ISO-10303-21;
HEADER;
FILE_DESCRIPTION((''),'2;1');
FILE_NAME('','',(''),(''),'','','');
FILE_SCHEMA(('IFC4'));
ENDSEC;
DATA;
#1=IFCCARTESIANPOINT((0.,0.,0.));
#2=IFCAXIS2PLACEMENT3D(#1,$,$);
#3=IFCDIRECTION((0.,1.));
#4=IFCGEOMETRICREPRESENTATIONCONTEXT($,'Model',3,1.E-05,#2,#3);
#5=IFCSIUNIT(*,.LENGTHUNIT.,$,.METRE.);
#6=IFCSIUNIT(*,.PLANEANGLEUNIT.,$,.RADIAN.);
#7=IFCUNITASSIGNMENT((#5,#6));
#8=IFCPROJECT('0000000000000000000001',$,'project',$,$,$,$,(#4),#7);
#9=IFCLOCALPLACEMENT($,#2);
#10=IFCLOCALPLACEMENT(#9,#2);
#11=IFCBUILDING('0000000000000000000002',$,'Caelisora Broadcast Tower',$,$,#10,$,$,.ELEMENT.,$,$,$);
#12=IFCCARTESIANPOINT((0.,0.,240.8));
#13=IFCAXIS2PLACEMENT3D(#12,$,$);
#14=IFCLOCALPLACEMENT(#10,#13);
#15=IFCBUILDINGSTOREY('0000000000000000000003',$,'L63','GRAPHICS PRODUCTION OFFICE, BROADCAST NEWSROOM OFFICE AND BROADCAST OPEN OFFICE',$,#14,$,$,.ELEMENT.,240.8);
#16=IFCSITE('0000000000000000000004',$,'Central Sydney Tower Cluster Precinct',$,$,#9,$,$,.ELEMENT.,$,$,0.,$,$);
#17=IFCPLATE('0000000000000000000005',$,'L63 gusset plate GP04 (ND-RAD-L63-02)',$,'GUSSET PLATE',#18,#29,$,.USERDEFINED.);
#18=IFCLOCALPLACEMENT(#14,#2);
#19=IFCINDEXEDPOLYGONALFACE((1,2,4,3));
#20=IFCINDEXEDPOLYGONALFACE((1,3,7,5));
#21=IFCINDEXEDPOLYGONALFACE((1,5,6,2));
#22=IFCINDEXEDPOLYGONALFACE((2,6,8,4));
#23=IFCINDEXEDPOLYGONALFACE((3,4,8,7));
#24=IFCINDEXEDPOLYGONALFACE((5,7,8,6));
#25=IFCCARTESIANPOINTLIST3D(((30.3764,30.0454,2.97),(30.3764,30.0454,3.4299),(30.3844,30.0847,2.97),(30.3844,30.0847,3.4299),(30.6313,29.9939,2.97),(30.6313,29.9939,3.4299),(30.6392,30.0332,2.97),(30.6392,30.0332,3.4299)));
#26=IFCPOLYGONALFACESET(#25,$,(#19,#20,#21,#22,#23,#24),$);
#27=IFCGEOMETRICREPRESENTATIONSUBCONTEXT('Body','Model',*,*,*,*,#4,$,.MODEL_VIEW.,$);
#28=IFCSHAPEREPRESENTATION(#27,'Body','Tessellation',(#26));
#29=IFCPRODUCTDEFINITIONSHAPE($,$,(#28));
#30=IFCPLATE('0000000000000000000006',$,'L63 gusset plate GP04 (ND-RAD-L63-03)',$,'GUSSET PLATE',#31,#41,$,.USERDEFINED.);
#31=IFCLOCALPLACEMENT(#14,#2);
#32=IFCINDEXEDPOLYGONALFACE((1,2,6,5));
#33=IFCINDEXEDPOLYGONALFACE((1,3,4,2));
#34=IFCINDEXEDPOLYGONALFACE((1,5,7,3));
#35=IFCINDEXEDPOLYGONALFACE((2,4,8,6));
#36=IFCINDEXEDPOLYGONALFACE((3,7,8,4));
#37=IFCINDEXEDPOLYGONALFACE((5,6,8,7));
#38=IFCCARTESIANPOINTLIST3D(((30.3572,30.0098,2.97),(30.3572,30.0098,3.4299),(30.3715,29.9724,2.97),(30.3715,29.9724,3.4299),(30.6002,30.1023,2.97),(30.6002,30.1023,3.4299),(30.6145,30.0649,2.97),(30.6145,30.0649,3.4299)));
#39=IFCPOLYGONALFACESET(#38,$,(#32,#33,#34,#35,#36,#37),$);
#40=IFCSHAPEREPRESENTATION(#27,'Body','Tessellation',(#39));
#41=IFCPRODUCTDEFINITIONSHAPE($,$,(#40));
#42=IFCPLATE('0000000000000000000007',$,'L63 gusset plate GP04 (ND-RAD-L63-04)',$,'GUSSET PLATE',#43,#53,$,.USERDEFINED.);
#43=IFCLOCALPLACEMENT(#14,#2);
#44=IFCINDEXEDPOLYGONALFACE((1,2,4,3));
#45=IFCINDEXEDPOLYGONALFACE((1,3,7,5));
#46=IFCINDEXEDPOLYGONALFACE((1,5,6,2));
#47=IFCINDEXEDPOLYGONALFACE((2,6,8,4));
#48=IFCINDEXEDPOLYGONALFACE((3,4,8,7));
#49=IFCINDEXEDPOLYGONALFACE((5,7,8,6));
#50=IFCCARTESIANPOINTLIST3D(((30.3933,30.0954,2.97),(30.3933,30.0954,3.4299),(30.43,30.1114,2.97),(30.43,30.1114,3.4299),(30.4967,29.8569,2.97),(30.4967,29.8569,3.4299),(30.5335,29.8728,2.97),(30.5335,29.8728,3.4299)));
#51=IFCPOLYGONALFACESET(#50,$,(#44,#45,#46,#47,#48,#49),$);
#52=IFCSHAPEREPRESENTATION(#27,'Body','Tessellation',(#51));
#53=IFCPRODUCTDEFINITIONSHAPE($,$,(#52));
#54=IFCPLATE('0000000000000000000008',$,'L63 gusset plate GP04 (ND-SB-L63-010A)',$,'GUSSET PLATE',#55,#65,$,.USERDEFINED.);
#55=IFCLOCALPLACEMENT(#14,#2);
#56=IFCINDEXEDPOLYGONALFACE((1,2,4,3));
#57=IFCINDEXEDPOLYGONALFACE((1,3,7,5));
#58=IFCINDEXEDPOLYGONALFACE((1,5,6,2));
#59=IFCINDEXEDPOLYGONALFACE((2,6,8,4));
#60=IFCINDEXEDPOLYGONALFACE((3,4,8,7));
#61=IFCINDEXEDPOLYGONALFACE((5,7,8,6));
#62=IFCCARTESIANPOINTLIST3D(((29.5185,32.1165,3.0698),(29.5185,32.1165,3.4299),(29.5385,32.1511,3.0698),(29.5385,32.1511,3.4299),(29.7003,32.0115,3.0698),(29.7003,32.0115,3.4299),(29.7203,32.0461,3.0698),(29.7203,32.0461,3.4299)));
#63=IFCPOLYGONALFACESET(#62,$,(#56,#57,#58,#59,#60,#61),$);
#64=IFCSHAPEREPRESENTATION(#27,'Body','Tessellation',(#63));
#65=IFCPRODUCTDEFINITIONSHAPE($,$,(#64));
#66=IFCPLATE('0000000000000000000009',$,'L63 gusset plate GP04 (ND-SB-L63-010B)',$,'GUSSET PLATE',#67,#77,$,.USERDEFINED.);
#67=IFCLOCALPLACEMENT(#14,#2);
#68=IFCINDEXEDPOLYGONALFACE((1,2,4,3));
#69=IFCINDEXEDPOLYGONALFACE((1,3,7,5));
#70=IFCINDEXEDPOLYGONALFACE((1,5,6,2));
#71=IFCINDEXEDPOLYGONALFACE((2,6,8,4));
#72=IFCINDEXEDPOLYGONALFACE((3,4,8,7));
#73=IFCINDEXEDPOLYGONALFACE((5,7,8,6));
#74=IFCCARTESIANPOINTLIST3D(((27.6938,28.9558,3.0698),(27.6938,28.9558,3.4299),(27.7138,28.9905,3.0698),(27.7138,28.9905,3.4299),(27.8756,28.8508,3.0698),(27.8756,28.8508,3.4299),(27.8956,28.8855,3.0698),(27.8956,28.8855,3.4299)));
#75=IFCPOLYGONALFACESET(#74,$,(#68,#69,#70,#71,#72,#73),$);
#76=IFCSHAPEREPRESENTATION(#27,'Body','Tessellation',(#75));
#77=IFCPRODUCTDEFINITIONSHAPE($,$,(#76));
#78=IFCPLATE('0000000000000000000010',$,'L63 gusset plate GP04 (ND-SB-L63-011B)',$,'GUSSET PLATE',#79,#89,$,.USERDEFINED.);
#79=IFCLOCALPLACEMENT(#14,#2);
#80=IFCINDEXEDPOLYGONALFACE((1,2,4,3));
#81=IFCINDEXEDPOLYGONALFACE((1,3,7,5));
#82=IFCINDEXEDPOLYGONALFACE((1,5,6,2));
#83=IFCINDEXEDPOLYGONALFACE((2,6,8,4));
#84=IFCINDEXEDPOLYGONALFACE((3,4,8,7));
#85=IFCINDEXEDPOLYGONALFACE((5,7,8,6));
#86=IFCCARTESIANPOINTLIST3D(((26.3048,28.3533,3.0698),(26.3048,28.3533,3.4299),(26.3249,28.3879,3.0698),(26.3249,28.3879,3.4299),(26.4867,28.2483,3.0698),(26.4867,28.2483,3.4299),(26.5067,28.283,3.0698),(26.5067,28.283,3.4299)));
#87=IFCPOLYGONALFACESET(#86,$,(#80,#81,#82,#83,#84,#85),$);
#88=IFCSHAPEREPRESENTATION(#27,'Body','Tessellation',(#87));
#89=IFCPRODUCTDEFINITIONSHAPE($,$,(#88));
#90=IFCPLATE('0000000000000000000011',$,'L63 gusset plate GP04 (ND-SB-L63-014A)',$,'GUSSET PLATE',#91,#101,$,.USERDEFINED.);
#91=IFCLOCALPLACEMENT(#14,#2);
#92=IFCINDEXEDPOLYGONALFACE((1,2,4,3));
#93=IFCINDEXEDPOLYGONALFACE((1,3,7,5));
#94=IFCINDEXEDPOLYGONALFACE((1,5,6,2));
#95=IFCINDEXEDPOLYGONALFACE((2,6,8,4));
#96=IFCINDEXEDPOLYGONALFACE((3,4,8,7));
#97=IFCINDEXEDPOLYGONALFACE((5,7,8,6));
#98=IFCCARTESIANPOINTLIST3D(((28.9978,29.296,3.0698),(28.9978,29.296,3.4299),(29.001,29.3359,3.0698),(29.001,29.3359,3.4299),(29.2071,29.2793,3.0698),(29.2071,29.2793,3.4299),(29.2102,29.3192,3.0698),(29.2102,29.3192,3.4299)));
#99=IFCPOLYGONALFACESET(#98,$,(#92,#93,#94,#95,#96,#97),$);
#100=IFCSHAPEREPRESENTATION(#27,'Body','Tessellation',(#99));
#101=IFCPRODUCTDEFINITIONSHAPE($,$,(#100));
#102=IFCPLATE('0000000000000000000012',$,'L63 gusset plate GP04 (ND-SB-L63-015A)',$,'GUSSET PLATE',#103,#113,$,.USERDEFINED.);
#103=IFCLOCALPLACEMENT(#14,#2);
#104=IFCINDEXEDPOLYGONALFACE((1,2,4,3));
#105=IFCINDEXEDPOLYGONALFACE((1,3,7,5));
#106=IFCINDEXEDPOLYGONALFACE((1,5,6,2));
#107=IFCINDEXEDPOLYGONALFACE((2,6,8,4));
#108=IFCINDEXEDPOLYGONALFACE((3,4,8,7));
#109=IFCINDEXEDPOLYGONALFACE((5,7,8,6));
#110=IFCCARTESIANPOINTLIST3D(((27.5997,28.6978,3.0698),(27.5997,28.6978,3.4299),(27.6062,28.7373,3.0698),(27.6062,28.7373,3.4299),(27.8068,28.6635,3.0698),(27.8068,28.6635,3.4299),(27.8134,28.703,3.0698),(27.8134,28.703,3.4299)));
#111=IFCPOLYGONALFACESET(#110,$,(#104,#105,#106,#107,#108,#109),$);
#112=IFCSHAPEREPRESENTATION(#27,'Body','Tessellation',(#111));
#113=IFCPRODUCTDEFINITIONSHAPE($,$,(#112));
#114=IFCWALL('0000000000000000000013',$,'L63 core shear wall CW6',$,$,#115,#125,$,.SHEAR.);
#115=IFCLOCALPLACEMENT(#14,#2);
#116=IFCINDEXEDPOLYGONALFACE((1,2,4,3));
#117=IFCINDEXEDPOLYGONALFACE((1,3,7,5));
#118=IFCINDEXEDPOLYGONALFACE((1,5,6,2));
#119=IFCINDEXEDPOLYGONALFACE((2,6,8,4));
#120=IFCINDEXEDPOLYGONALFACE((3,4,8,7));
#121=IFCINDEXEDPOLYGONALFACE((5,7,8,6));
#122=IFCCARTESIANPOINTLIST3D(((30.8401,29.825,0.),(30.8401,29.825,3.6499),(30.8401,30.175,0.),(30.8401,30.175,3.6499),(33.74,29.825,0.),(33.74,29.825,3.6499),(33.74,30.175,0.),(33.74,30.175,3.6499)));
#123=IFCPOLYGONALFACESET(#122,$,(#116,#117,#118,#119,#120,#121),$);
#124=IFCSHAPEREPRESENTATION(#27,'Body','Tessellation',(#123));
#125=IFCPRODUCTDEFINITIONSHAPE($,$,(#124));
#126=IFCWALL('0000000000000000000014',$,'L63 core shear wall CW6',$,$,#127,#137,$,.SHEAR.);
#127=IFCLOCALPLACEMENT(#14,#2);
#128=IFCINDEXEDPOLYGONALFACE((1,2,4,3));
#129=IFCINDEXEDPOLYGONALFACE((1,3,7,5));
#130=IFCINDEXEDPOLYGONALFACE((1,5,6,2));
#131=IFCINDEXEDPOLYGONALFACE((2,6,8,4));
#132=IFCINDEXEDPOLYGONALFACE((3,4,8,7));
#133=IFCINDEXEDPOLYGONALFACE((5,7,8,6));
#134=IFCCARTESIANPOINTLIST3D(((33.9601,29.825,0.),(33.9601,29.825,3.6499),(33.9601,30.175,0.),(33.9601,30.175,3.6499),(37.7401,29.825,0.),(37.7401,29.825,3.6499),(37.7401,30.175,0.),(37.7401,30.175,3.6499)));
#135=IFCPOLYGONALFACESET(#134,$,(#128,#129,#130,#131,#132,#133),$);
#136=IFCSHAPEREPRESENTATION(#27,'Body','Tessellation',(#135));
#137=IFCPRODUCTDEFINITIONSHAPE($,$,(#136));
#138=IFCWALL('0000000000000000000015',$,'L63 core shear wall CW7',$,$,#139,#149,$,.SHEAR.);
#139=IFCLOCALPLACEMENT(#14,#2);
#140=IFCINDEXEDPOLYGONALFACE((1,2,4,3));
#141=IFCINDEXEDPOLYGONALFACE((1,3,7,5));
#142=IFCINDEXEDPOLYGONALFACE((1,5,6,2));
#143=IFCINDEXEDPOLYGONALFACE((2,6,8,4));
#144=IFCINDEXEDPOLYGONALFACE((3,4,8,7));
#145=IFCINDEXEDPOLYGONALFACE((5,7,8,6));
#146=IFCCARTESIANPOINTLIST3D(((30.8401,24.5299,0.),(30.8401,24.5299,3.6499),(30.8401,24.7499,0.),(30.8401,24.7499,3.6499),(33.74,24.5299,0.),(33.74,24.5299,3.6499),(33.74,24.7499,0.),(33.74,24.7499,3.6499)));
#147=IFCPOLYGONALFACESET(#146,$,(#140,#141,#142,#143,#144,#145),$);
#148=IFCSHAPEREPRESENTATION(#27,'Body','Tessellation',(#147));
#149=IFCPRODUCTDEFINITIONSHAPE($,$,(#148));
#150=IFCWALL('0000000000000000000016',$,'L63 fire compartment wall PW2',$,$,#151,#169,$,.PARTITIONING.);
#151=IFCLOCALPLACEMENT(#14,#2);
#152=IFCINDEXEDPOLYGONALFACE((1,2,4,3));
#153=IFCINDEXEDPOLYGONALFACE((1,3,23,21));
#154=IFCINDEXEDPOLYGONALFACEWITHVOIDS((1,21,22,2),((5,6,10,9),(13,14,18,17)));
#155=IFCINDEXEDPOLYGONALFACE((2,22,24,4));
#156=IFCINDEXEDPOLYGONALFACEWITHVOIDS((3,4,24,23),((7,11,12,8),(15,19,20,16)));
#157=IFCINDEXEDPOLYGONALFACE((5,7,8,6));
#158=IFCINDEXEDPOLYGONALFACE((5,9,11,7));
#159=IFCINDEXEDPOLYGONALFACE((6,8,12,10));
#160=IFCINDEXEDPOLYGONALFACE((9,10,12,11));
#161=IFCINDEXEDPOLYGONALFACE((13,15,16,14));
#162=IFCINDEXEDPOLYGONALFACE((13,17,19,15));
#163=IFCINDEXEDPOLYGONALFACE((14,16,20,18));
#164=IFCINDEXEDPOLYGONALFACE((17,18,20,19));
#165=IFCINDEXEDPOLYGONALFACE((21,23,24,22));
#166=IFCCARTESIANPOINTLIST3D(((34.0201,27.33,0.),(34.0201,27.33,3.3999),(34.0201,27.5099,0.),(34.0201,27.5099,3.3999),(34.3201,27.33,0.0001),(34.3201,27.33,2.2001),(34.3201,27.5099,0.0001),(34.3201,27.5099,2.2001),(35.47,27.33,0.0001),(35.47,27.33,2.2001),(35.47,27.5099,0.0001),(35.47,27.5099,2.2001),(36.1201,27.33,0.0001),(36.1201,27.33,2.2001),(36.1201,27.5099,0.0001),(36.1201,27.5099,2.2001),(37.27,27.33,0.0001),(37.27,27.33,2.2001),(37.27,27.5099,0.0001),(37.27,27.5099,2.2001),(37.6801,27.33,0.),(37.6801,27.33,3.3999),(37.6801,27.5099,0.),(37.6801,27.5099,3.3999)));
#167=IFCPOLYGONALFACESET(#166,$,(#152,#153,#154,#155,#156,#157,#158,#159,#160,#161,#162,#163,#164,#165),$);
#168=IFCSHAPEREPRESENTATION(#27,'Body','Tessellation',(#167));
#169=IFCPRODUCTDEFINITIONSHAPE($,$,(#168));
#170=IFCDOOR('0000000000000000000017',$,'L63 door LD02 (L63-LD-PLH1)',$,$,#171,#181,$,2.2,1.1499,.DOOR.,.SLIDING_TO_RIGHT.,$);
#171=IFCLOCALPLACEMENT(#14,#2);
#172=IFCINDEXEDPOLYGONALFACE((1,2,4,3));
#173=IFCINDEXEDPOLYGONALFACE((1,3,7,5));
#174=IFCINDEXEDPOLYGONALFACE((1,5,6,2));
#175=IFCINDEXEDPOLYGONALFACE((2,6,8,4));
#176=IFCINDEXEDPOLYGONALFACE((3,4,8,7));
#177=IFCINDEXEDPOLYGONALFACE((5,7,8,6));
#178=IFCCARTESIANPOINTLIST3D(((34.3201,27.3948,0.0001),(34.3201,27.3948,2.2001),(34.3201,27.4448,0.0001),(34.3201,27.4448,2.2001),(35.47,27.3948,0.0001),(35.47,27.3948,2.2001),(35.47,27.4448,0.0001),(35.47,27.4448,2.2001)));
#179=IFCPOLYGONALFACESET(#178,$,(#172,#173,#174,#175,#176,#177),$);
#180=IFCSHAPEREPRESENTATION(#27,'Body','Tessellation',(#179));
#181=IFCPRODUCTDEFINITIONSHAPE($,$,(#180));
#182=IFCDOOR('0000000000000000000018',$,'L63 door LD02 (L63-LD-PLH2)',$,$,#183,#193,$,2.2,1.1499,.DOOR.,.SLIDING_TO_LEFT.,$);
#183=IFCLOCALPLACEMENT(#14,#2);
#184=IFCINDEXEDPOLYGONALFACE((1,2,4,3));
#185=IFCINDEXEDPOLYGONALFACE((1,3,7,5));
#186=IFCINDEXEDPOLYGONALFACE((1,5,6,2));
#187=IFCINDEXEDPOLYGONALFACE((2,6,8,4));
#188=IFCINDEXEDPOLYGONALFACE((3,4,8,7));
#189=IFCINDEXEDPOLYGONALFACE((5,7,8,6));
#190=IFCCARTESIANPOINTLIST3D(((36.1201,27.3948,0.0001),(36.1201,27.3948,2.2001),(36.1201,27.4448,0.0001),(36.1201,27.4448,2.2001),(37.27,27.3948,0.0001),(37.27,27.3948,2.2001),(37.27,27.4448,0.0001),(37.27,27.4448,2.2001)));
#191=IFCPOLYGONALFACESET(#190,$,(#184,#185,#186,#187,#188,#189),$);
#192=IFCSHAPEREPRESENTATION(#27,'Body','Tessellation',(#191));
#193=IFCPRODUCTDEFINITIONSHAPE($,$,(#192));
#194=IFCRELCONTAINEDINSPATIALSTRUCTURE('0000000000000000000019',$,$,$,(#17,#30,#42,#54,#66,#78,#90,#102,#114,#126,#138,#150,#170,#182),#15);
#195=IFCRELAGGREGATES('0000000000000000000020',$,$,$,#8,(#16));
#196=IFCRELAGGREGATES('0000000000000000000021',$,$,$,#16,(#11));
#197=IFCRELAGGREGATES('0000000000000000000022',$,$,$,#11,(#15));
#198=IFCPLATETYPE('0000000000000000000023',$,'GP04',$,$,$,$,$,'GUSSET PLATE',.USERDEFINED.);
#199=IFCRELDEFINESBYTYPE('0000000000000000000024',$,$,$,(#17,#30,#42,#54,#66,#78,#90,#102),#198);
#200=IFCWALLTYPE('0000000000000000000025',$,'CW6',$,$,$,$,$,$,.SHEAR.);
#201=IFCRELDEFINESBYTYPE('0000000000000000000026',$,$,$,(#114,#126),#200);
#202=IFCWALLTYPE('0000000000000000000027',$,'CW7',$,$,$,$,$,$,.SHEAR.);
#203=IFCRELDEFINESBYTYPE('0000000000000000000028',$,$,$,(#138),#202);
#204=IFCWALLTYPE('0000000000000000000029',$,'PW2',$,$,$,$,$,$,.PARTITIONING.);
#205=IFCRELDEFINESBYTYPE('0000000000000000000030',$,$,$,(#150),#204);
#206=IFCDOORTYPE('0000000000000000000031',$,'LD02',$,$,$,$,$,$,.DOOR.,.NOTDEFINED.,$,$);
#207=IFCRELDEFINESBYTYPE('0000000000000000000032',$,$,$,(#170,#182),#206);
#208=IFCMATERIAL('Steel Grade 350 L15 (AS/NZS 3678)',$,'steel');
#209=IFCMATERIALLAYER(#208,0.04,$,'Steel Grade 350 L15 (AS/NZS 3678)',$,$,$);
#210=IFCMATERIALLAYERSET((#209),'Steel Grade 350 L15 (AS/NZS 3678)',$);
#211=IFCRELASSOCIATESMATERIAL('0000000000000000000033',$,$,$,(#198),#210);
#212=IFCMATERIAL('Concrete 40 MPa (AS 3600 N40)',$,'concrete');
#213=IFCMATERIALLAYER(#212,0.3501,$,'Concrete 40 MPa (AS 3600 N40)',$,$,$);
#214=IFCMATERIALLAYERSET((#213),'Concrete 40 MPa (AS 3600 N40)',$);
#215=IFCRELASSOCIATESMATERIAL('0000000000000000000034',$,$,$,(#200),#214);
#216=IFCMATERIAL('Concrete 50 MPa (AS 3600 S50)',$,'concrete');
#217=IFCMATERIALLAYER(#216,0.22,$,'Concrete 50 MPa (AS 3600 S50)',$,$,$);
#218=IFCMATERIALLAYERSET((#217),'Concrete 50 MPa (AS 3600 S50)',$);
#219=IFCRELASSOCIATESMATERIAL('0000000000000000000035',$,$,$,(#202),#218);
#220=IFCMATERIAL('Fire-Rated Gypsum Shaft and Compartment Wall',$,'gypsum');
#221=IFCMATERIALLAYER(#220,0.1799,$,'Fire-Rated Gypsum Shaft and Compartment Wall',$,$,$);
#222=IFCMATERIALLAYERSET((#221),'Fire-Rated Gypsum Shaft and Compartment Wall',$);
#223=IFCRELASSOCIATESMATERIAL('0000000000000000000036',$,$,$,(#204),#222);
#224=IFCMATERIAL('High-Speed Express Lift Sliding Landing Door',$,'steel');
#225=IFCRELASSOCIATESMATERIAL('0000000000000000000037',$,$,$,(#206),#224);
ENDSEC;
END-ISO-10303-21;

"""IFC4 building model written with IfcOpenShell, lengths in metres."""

from ifc_helpers import new_model, si_unit, direction, frame, frame_2d, origin, origin_2d, place, context, subcontext, project, spatial, rectangle, extrude, source, transform, mapped, material, layer, layer_set, type_object, type_shapes, element, fill, save


model = new_model("IFC4")

# Units and contexts
model_context = context("Model", 3, precision=1e-05, world=origin(), true_north=direction((0.0, 1.0)))
body_context = subcontext(model_context, "Body", "Model", "MODEL_VIEW")
ifc_project = project(units=[si_unit("LENGTHUNIT", "METRE"), si_unit("PLANEANGLEUNIT", "RADIAN")], contexts=[model_context])

# Site, building, storey
site_placement = place(None, origin())
site = spatial("IfcSite", under=ifc_project, at=site_placement, Name="Central Sydney Tower Cluster Precinct", CompositionType="ELEMENT", RefElevation=0.0)
building_placement = place(site_placement, origin())
building = spatial("IfcBuilding", under=site, at=building_placement, Name="Caelisora Broadcast Tower", CompositionType="ELEMENT")
storey_placement = place(building_placement, frame((0.0, 0.0, 240.8)))
storey = spatial("IfcBuildingStorey", under=building, at=storey_placement, Name="L63", Description="GRAPHICS PRODUCTION OFFICE, BROADCAST NEWSROOM OFFICE AND BROADCAST OPEN OFFICE", CompositionType="ELEMENT", Elevation=240.8)

# Plates
ifc_material_1 = material(Name="Steel Grade 350 L15 (AS/NZS 3678)", Category="steel")
ifc_layer_1 = layer(ifc_material_1, 0.04, Name="Steel Grade 350 L15 (AS/NZS 3678)")
ifc_layer_set_1 = layer_set([ifc_layer_1], Name="Steel Grade 350 L15 (AS/NZS 3678)")
plate_type = type_object("IfcPlateType", Name="GP04", ElementType="GUSSET PLATE", PredefinedType="USERDEFINED", material=ifc_layer_set_1)
shared_shape_1 = source(origin(), body_context, "Body", "SweptSolid", [
    extrude(rectangle(XDim=0.26, YDim=0.04, at=origin_2d()), origin(), (0.0, 0.0, 1.0), 0.46),
])
for number, where, z_axis, x_axis, name in (
    (1, (30.5078, 30.0393, 2.97), (0.0, 0.0, 1.0), (-0.980168, 0.198171, 0.0), "L63 gusset plate GP04 (ND-RAD-L63-02)"),
    (2, (30.4858, 30.0374, 2.97), (0.0, 0.0, 1.0), (-0.934515, -0.355923, 0.0), "L63 gusset plate GP04 (ND-RAD-L63-03)"),
    (3, (30.4634, 29.9841, 2.97), (0.0, 0.0, 1.0), (0.397949, -0.917408, 0.0), "L63 gusset plate GP04 (ND-RAD-L63-04)"),
):
    element("IfcPlate", number, at=place(storey_placement, frame(where, z_axis=z_axis, x_axis=x_axis)), inside=storey, type_object=plate_type, Name=name, ObjectType="GUSSET PLATE", PredefinedType="USERDEFINED", context=body_context, shape_type="MappedRepresentation", body=[
        mapped(shared_shape_1, transform((0.0, 0.0, 0.0), scale=1.0)),
    ])
shared_shape_2 = source(origin(), body_context, "Body", "SweptSolid", [
    extrude(rectangle(XDim=0.21, YDim=0.04, at=origin_2d()), origin(), (0.0, 0.0, 1.0), 0.3601),
])
type_shapes(plate_type, [shared_shape_1, shared_shape_2])
for number, where, z_axis, x_axis, name in (
    (4, (29.6194, 32.0813, 3.0698), (0.0, 0.0, 1.0), (0.866025, -0.5, 0.0), "L63 gusset plate GP04 (ND-SB-L63-010A)"),
    (5, (27.7947, 28.9207, 3.0698), (0.0, 0.0, 1.0), (0.866025, -0.5, 0.0), "L63 gusset plate GP04 (ND-SB-L63-010B)"),
    (6, (26.4058, 28.3181, 3.0698), (0.0, 0.0, 1.0), (0.866025, -0.5, 0.0), "L63 gusset plate GP04 (ND-SB-L63-011B)"),
    (7, (29.104, 29.3076, 3.0698), (0.0, 0.0, 1.0), (0.996821, -0.079677, 0.0), "L63 gusset plate GP04 (ND-SB-L63-014A)"),
    (8, (27.7065, 28.7004, 3.0698), (0.0, 0.0, 1.0), (0.986572, -0.163326, 0.0), "L63 gusset plate GP04 (ND-SB-L63-015A)"),
):
    element("IfcPlate", number, at=place(storey_placement, frame(where, z_axis=z_axis, x_axis=x_axis)), inside=storey, type_object=plate_type, Name=name, ObjectType="GUSSET PLATE", PredefinedType="USERDEFINED", context=body_context, shape_type="MappedRepresentation", body=[
        mapped(shared_shape_2, transform((0.0, 0.0, 0.0), scale=1.0)),
    ])

# Walls
ifc_material_2 = material(Name="Concrete 40 MPa (AS 3600 N40)", Category="concrete")
ifc_layer_2 = layer(ifc_material_2, 0.3501, Name="Concrete 40 MPa (AS 3600 N40)")
ifc_layer_set_2 = layer_set([ifc_layer_2], Name="Concrete 40 MPa (AS 3600 N40)")
wall_type_1 = type_object("IfcWallType", Name="CW6", PredefinedType="SHEAR", material=ifc_layer_set_2)
wall_1_placement = place(storey_placement, frame((30.8401, 30.0, 0.0), z_axis=(0.0, 0.0, 1.0), x_axis=(1.0, 0.0, 0.0)))
element("IfcWall", 9, at=wall_1_placement, inside=storey, type_object=wall_type_1, Name="L63 core shear wall CW6", PredefinedType="SHEAR", context=body_context, shape_type="SweptSolid", body=[
    extrude(rectangle(XDim=2.8999, YDim=0.3501, at=frame_2d((1.45, 0.0))), origin(), (0.0, 0.0, 1.0), 3.6499),
])
wall_2_placement = place(storey_placement, frame((33.96, 30.0, 0.0), z_axis=(0.0, 0.0, 1.0), x_axis=(1.0, 0.0, 0.0)))
element("IfcWall", 10, at=wall_2_placement, inside=storey, type_object=wall_type_1, Name="L63 core shear wall CW6", PredefinedType="SHEAR", context=body_context, shape_type="SweptSolid", body=[
    extrude(rectangle(XDim=3.78, YDim=0.3501, at=frame_2d((1.8901, 0.0))), origin(), (0.0, 0.0, 1.0), 3.6499),
])
ifc_material_3 = material(Name="Concrete 50 MPa (AS 3600 S50)", Category="concrete")
ifc_layer_3 = layer(ifc_material_3, 0.22, Name="Concrete 50 MPa (AS 3600 S50)")
ifc_layer_set_3 = layer_set([ifc_layer_3], Name="Concrete 50 MPa (AS 3600 S50)")
wall_type_2 = type_object("IfcWallType", Name="CW7", PredefinedType="SHEAR", material=ifc_layer_set_3)
wall_3_placement = place(storey_placement, frame((30.8401, 24.6399, 0.0), z_axis=(0.0, 0.0, 1.0), x_axis=(1.0, 0.0, 0.0)))
element("IfcWall", 11, at=wall_3_placement, inside=storey, type_object=wall_type_2, Name="L63 core shear wall CW7", PredefinedType="SHEAR", context=body_context, shape_type="SweptSolid", body=[
    extrude(rectangle(XDim=2.8999, YDim=0.22, at=frame_2d((1.45, 0.0))), origin(), (0.0, 0.0, 1.0), 3.6499),
])

# Wall, openings, doors
ifc_material_4 = material(Name="Fire-Rated Gypsum Shaft and Compartment Wall", Category="gypsum")
ifc_layer_4 = layer(ifc_material_4, 0.1799, Name="Fire-Rated Gypsum Shaft and Compartment Wall")
ifc_layer_set_4 = layer_set([ifc_layer_4], Name="Fire-Rated Gypsum Shaft and Compartment Wall")
wall_type_3 = type_object("IfcWallType", Name="PW2", PredefinedType="PARTITIONING", material=ifc_layer_set_4)
wall_4_placement = place(storey_placement, frame((34.02, 27.4199, 0.0), z_axis=(0.0, 0.0, 1.0), x_axis=(1.0, 0.0, 0.0)))
wall_4 = element("IfcWall", 12, at=wall_4_placement, inside=storey, type_object=wall_type_3, Name="L63 fire compartment wall PW2", PredefinedType="PARTITIONING", context=body_context, shape_type="SweptSolid", body=[
    extrude(rectangle(XDim=3.6599, YDim=0.1799, at=frame_2d((1.8301, 0.0))), origin(), (0.0, 0.0, 1.0), 3.3999),
])
opening_1_placement = place(wall_4_placement, frame((0.3, 0.0, 0.0)))
opening_1 = element("IfcOpeningElement", 13, at=opening_1_placement, cuts=wall_4, PredefinedType="OPENING", context=body_context, shape_type="SweptSolid", body=[
    extrude(rectangle(XDim=1.1499, YDim=2.2, at=frame_2d((0.575, 1.1001))), frame((0.0, 0.1021, 0.0), z_axis=(0.0, -1.0, 0.0), x_axis=(1.0, 0.0, 0.0)), (0.0, 0.0, 1.0), 0.2039),
])
opening_2_placement = place(wall_4_placement, frame((2.1001, 0.0, 0.0)))
opening_2 = element("IfcOpeningElement", 14, at=opening_2_placement, cuts=wall_4, PredefinedType="OPENING", context=body_context, shape_type="SweptSolid", body=[
    extrude(rectangle(XDim=1.1499, YDim=2.2, at=frame_2d((0.575, 1.1001))), frame((0.0, 0.1021, 0.0), z_axis=(0.0, -1.0, 0.0), x_axis=(1.0, 0.0, 0.0)), (0.0, 0.0, 1.0), 0.2039),
])
ifc_material_5 = material(Name="High-Speed Express Lift Sliding Landing Door", Category="steel")
door_type_1 = type_object("IfcDoorType", Name="LD02", OperationType="NOTDEFINED", PredefinedType="DOOR", material=ifc_material_5)
door_1_placement = place(opening_1_placement, origin())
door_1 = element("IfcDoor", 15, at=door_1_placement, inside=storey, type_object=door_type_1, Name="L63 door LD02 (L63-LD-PLH1)", OperationType="SLIDING_TO_RIGHT", OverallHeight=2.2, OverallWidth=1.1499, PredefinedType="DOOR", context=body_context, shape_type="SweptSolid", body=[
    extrude(rectangle(XDim=1.1499, YDim=2.2, at=frame_2d((0.575, 1.1001))), frame((0.0, 0.0249, 0.0), z_axis=(0.0, -1.0, 0.0), x_axis=(1.0, 0.0, 0.0)), (0.0, 0.0, 1.0), 0.05),
])
fill(opening_1, door_1)
door_2_placement = place(opening_2_placement, origin())
door_2 = element("IfcDoor", 16, at=door_2_placement, inside=storey, type_object=door_type_1, Name="L63 door LD02 (L63-LD-PLH2)", OperationType="SLIDING_TO_LEFT", OverallHeight=2.2, OverallWidth=1.1499, PredefinedType="DOOR", context=body_context, shape_type="SweptSolid", body=[
    extrude(rectangle(XDim=1.1499, YDim=2.2, at=frame_2d((0.575, 1.1001))), frame((0.0, 0.0249, 0.0), z_axis=(0.0, -1.0, 0.0), x_axis=(1.0, 0.0, 0.0)), (0.0, 0.0, 1.0), 0.05),
])
fill(opening_2, door_2)

save(model, "model.ifc")
